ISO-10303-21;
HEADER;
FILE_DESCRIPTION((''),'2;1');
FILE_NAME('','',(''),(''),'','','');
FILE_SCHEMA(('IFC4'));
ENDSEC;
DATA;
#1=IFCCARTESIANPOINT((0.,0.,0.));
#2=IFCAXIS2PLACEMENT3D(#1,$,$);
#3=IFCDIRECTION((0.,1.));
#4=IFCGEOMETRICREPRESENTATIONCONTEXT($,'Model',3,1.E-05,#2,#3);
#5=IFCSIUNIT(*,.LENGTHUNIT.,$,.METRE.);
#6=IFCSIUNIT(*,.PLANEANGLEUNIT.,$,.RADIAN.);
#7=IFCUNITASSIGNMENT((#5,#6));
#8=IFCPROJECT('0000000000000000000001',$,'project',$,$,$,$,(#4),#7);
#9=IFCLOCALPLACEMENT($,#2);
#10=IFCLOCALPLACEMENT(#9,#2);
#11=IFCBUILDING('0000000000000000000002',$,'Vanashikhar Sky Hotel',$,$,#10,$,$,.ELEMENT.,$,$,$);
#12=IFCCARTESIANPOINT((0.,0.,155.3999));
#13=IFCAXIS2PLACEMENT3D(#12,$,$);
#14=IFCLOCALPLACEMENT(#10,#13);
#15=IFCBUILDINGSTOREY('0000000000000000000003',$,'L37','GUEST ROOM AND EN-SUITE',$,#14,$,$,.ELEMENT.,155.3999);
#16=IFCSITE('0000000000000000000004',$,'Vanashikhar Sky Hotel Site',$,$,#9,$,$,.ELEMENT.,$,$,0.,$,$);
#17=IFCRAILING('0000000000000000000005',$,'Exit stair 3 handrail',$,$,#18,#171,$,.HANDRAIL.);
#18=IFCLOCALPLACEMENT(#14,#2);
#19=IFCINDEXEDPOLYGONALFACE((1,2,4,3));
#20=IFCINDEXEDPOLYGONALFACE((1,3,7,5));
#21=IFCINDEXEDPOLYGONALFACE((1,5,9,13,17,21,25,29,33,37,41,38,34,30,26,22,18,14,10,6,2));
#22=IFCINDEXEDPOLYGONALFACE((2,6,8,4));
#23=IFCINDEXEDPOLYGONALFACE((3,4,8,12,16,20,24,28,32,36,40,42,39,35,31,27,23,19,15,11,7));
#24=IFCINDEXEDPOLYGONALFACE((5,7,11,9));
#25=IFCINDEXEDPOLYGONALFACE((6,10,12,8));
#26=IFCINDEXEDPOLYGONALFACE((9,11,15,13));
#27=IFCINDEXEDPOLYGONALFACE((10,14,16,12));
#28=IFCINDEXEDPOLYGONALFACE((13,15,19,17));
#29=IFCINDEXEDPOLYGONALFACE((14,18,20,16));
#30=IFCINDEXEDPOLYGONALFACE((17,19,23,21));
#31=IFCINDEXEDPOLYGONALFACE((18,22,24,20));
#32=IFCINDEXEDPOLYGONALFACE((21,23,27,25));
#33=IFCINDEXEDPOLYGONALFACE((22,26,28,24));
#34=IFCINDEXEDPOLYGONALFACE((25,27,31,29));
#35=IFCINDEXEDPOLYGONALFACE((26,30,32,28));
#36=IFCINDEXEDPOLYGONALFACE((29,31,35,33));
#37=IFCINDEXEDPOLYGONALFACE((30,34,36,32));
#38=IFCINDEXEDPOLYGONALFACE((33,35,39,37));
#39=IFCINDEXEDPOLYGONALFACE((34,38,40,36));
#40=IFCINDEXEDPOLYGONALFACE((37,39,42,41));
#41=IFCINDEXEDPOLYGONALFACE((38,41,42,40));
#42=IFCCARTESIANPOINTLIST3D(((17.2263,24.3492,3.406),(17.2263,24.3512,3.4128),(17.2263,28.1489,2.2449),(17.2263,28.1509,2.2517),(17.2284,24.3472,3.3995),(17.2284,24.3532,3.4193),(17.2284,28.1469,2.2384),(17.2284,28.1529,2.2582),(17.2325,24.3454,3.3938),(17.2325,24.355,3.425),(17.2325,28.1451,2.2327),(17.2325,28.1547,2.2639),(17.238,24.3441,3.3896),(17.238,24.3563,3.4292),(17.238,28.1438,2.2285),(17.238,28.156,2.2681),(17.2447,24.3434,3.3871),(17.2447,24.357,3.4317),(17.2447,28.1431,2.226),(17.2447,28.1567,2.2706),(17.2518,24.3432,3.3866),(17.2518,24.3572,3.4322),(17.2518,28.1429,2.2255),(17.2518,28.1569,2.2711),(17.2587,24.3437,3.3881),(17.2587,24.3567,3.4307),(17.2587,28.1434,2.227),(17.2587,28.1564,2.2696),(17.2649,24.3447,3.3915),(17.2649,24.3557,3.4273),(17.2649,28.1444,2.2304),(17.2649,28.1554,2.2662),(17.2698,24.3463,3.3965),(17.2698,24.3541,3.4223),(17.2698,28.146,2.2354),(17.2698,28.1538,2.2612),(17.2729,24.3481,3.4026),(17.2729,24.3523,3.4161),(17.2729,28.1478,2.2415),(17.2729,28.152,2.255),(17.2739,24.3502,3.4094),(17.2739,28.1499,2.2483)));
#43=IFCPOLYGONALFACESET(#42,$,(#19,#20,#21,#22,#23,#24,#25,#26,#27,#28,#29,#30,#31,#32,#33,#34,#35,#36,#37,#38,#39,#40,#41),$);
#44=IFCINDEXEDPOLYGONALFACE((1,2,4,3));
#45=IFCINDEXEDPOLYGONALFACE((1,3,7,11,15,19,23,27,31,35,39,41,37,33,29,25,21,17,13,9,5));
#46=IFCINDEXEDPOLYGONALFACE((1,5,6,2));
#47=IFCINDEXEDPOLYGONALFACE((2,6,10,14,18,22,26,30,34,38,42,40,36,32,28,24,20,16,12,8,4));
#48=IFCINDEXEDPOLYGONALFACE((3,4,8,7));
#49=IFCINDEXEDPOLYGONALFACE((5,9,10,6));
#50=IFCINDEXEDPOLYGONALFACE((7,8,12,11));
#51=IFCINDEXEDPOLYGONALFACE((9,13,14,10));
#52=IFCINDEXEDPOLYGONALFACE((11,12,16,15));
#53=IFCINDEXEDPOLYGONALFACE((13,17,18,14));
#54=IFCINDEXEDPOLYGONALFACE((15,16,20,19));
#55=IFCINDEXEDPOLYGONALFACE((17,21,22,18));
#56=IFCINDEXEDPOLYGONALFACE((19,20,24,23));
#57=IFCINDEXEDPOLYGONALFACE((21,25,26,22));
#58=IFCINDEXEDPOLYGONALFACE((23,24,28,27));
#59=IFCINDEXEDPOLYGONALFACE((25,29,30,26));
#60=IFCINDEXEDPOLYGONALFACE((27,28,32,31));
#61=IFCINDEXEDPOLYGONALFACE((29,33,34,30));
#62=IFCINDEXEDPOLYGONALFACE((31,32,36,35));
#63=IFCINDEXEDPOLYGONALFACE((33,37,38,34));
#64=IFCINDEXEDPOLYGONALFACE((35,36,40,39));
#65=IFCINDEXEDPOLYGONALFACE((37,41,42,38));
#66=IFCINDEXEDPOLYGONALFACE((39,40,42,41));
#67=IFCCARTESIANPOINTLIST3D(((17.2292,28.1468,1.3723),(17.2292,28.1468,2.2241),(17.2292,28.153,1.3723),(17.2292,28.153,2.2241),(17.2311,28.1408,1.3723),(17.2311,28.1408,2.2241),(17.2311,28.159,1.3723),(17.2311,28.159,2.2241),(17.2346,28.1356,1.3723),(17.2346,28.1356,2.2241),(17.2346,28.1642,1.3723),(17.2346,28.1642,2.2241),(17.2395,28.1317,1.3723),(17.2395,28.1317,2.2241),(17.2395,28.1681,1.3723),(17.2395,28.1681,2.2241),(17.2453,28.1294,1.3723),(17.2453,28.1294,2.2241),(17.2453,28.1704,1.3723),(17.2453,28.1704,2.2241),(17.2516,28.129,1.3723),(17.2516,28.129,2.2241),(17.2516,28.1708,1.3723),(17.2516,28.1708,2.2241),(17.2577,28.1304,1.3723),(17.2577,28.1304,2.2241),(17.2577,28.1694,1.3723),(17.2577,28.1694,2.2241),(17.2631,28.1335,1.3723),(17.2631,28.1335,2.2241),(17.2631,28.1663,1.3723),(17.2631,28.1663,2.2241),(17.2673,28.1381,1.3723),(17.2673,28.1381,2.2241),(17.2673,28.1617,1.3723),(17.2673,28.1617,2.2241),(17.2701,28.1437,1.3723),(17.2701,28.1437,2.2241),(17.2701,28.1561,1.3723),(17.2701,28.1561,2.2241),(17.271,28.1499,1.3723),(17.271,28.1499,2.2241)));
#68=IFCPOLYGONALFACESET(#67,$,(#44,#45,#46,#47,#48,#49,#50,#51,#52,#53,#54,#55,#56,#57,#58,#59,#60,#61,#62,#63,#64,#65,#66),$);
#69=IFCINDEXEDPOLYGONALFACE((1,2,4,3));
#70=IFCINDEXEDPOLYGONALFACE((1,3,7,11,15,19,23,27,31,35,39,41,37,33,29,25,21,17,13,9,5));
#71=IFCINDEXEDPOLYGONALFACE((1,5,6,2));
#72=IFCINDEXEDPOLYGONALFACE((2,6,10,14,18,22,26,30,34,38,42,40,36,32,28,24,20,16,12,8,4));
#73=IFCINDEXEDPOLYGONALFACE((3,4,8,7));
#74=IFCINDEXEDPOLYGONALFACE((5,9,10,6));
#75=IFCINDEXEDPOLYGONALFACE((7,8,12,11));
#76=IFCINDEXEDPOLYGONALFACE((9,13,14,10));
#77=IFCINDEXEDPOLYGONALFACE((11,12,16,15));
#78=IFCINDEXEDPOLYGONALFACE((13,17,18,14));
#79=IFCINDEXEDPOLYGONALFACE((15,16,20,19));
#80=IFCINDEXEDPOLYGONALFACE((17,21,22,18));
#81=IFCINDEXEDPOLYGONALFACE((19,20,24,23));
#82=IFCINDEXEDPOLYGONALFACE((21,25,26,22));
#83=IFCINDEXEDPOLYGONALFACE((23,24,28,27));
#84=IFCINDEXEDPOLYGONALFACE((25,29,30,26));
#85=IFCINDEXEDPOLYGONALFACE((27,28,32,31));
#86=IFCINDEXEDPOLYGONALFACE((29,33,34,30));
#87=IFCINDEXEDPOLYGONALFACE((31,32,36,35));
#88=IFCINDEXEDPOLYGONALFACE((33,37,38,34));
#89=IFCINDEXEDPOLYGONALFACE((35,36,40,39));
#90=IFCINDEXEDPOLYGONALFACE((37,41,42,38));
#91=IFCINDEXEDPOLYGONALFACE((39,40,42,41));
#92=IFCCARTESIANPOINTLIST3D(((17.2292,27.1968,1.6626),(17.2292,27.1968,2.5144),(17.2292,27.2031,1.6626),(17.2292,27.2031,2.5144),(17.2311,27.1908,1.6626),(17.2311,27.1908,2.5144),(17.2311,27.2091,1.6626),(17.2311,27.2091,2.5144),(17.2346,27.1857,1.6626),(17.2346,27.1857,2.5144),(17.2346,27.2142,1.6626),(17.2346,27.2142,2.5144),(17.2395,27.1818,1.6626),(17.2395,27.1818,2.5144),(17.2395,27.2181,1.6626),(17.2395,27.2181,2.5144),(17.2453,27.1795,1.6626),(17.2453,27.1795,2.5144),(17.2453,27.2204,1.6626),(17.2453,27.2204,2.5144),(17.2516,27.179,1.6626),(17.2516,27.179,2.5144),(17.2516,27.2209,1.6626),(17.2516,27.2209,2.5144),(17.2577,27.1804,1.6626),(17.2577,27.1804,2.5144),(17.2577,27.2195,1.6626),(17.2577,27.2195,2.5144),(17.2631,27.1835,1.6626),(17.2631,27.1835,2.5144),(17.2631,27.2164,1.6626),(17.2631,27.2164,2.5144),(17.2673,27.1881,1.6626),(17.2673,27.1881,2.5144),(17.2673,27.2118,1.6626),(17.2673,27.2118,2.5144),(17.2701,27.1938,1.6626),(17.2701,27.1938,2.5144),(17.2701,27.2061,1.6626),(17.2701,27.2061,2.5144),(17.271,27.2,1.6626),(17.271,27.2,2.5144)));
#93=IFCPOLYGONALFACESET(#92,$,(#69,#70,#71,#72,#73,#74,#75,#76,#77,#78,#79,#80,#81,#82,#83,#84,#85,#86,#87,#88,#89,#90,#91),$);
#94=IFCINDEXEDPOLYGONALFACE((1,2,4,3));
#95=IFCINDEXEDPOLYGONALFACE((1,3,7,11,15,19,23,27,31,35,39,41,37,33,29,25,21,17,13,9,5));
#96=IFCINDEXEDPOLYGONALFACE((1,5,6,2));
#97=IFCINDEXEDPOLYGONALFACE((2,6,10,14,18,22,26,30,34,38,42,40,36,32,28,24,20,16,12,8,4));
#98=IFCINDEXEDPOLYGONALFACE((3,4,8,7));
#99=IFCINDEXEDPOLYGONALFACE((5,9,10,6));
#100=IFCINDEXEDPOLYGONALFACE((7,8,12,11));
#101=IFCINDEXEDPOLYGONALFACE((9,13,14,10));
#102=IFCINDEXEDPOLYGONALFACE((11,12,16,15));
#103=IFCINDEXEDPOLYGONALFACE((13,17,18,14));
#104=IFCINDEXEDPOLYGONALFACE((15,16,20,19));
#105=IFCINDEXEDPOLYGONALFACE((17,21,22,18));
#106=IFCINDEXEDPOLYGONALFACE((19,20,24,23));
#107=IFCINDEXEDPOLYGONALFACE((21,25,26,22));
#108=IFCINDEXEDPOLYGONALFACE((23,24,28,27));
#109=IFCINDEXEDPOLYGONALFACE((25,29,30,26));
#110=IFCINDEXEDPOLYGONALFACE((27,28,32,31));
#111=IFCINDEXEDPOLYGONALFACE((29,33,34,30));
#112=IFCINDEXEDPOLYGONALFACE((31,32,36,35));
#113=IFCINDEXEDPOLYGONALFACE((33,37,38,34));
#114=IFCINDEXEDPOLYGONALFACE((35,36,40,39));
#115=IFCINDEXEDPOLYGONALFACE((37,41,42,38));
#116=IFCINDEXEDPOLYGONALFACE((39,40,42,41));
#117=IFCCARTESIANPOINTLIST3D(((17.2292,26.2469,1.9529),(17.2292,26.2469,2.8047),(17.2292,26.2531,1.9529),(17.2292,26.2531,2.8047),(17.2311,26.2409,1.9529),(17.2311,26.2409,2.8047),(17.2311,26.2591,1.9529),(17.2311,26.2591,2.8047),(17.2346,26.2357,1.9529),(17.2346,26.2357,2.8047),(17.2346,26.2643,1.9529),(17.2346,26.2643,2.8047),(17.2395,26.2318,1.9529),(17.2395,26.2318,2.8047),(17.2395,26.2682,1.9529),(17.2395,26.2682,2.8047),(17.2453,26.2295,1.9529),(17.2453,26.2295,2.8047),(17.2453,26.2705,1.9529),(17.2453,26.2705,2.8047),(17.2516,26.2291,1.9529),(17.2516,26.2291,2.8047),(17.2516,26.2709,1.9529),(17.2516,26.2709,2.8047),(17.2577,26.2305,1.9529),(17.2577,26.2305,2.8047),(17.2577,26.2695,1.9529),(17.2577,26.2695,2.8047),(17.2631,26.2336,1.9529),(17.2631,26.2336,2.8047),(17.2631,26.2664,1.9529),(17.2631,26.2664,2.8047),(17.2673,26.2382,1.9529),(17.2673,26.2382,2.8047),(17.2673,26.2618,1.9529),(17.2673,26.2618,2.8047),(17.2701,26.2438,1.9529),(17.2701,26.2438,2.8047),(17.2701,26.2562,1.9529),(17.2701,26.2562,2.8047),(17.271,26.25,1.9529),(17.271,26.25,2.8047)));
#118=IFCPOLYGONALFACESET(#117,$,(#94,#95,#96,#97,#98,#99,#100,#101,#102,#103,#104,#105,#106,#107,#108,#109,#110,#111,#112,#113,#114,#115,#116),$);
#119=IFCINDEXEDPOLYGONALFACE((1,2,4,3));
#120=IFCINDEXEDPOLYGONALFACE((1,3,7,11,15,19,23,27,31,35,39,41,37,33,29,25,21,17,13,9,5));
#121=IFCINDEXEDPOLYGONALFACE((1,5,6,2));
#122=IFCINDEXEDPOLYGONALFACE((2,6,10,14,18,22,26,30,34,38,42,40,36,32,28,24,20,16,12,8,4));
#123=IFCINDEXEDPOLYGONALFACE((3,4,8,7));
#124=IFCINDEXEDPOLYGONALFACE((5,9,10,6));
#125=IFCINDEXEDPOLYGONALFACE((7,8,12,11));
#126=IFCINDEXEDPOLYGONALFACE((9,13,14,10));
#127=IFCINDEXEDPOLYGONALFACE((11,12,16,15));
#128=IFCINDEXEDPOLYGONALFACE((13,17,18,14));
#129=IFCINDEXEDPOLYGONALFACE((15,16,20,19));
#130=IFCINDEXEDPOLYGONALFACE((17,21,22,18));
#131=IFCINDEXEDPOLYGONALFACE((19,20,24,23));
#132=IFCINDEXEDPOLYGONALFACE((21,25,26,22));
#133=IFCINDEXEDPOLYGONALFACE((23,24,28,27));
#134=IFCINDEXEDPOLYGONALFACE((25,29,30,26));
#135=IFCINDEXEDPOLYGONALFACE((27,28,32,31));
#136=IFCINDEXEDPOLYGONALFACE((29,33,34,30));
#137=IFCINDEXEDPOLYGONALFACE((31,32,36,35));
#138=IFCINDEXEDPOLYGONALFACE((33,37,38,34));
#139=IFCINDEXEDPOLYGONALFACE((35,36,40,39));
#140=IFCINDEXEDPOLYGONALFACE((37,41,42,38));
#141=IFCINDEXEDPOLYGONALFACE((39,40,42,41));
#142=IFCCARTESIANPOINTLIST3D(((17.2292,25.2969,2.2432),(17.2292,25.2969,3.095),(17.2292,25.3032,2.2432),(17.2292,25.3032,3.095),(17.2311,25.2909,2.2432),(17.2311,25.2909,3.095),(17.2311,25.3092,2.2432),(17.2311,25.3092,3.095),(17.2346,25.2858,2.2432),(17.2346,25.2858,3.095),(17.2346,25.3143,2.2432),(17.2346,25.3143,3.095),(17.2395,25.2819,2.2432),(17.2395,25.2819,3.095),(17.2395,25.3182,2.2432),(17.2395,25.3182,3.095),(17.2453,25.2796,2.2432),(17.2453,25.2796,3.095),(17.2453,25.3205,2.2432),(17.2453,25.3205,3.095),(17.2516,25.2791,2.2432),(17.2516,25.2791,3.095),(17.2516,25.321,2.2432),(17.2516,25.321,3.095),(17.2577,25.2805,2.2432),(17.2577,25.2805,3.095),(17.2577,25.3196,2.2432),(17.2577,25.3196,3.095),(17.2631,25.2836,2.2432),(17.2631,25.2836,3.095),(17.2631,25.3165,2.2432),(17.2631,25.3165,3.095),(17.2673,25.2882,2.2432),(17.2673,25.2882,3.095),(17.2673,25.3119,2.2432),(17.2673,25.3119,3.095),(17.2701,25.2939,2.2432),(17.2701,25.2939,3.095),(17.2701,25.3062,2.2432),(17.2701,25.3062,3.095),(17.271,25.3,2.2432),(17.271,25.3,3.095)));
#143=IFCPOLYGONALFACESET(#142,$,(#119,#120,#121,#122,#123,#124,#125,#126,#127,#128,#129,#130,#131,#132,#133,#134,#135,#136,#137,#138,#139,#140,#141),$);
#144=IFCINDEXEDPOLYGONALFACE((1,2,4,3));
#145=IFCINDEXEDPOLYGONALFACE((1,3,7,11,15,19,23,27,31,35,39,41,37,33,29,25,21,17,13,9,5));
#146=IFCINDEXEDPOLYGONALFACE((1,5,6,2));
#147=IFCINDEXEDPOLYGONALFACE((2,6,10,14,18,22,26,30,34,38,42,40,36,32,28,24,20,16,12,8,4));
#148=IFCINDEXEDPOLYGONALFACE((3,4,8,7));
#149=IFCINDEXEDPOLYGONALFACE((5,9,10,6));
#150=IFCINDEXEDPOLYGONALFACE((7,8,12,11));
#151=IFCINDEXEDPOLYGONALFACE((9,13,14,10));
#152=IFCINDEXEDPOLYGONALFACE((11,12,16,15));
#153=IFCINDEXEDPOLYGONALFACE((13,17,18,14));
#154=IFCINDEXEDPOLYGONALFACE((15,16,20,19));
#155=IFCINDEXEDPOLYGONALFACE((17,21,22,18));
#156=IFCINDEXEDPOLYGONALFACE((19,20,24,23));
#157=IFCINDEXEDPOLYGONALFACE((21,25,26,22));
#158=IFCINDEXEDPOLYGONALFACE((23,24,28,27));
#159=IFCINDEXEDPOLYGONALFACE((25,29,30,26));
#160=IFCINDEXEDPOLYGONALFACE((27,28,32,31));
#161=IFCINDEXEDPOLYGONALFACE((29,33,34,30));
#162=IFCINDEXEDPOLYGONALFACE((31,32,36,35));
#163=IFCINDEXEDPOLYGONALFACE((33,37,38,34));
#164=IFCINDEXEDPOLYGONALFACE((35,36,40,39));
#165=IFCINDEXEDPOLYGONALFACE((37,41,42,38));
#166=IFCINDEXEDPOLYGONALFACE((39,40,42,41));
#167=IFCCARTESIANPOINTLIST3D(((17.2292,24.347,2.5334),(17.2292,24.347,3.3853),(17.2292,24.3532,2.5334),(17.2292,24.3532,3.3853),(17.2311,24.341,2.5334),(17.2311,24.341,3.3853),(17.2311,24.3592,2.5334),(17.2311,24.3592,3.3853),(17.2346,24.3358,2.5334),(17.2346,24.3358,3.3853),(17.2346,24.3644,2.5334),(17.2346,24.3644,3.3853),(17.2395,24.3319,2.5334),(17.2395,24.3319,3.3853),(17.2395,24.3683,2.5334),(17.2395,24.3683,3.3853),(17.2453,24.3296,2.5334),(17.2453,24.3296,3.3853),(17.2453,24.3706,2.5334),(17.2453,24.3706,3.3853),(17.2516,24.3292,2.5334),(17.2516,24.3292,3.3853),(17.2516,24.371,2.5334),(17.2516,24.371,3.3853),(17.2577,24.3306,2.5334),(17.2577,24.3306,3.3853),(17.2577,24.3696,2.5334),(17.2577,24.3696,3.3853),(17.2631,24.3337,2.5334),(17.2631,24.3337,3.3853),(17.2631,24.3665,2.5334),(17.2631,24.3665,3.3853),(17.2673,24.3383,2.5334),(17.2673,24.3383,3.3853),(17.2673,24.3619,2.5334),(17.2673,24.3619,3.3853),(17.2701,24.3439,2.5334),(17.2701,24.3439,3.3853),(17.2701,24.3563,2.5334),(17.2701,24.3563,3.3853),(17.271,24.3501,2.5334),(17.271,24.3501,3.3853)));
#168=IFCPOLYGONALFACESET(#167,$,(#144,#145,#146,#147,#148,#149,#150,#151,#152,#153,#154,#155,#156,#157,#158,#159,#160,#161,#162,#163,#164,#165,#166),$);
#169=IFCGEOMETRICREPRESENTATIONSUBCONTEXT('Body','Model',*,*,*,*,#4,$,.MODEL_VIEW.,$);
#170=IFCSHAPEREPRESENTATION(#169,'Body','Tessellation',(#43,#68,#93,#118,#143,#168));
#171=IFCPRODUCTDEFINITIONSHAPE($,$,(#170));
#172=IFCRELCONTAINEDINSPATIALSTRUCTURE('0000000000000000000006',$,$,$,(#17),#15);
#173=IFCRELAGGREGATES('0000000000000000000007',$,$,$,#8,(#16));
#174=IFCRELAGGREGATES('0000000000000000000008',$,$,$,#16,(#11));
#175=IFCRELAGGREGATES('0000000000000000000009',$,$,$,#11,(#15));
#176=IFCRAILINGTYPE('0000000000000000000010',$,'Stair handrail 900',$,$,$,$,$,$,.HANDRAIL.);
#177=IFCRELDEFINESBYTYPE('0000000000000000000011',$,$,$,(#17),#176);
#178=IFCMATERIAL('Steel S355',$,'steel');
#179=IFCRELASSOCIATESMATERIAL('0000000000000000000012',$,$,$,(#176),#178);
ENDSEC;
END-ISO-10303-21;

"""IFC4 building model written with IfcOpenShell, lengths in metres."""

from ifc_helpers import new_model, si_unit, direction, frame, origin, origin_2d, place, context, subcontext, project, spatial, circle, extrude, source, transform, mapped, material, type_object, element, save


model = new_model("IFC4")

# Units and contexts
model_context = context("Model", 3, precision=1e-05, world=origin(), true_north=direction((0.0, 1.0)))
body_context = subcontext(model_context, "Body", "Model", "MODEL_VIEW")
ifc_project = project(units=[si_unit("LENGTHUNIT", "METRE"), si_unit("PLANEANGLEUNIT", "RADIAN")], contexts=[model_context])

# Site, building, storey
site_placement = place(None, origin())
site = spatial("IfcSite", under=ifc_project, at=site_placement, Name="Vanashikhar Sky Hotel Site", CompositionType="ELEMENT", RefElevation=0.0)
building_placement = place(site_placement, origin())
building = spatial("IfcBuilding", under=site, at=building_placement, Name="Vanashikhar Sky Hotel", CompositionType="ELEMENT")
storey_placement = place(building_placement, frame((0.0, 0.0, 155.3999)))
storey = spatial("IfcBuildingStorey", under=building, at=storey_placement, Name="L37", Description="GUEST ROOM AND EN-SUITE", CompositionType="ELEMENT", Elevation=155.3999)

# Railing
ifc_material_1 = material(Name="Steel S355", Category="steel")
railing_type = type_object("IfcRailingType", Name="Stair handrail 900", PredefinedType="HANDRAIL", material=ifc_material_1)
shared_shape_1 = source(origin(), body_context, "Body", "SweptSolid", [
    extrude(circle(Radius=0.0239, at=origin_2d()), frame((0.0, 0.0, 0.876), z_axis=(0.0, -0.956346, 0.292237), x_axis=(1.0, 0.0, 0.0)), (0.0, 0.0, 1.0), 3.9731),
    extrude(circle(Radius=0.021, at=origin_2d()), origin(), (0.0, 0.0, 1.0), 0.8518),
    extrude(circle(Radius=0.021, at=origin_2d()), frame((0.0, -0.95, 0.2903)), (0.0, 0.0, 1.0), 0.8518),
    extrude(circle(Radius=0.021, at=origin_2d()), frame((0.0, -1.8999, 0.5806)), (0.0, 0.0, 1.0), 0.8518),
    extrude(circle(Radius=0.021, at=origin_2d()), frame((0.0, -2.8499, 0.8708)), (0.0, 0.0, 1.0), 0.8518),
    extrude(circle(Radius=0.021, at=origin_2d()), frame((0.0, -3.7998, 1.1611)), (0.0, 0.0, 1.0), 0.8518),
])
railing_placement = place(storey_placement, frame((17.25, 28.1499, 1.3723)))
element("IfcRailing", 1, at=railing_placement, inside=storey, type_object=railing_type, Name="Exit stair 3 handrail", PredefinedType="HANDRAIL", context=body_context, shape_type="MappedRepresentation", body=[
    mapped(shared_shape_1, transform((0.0, 0.0, 0.0), scale=1.0)),
])

save(model, "model.ifc")
